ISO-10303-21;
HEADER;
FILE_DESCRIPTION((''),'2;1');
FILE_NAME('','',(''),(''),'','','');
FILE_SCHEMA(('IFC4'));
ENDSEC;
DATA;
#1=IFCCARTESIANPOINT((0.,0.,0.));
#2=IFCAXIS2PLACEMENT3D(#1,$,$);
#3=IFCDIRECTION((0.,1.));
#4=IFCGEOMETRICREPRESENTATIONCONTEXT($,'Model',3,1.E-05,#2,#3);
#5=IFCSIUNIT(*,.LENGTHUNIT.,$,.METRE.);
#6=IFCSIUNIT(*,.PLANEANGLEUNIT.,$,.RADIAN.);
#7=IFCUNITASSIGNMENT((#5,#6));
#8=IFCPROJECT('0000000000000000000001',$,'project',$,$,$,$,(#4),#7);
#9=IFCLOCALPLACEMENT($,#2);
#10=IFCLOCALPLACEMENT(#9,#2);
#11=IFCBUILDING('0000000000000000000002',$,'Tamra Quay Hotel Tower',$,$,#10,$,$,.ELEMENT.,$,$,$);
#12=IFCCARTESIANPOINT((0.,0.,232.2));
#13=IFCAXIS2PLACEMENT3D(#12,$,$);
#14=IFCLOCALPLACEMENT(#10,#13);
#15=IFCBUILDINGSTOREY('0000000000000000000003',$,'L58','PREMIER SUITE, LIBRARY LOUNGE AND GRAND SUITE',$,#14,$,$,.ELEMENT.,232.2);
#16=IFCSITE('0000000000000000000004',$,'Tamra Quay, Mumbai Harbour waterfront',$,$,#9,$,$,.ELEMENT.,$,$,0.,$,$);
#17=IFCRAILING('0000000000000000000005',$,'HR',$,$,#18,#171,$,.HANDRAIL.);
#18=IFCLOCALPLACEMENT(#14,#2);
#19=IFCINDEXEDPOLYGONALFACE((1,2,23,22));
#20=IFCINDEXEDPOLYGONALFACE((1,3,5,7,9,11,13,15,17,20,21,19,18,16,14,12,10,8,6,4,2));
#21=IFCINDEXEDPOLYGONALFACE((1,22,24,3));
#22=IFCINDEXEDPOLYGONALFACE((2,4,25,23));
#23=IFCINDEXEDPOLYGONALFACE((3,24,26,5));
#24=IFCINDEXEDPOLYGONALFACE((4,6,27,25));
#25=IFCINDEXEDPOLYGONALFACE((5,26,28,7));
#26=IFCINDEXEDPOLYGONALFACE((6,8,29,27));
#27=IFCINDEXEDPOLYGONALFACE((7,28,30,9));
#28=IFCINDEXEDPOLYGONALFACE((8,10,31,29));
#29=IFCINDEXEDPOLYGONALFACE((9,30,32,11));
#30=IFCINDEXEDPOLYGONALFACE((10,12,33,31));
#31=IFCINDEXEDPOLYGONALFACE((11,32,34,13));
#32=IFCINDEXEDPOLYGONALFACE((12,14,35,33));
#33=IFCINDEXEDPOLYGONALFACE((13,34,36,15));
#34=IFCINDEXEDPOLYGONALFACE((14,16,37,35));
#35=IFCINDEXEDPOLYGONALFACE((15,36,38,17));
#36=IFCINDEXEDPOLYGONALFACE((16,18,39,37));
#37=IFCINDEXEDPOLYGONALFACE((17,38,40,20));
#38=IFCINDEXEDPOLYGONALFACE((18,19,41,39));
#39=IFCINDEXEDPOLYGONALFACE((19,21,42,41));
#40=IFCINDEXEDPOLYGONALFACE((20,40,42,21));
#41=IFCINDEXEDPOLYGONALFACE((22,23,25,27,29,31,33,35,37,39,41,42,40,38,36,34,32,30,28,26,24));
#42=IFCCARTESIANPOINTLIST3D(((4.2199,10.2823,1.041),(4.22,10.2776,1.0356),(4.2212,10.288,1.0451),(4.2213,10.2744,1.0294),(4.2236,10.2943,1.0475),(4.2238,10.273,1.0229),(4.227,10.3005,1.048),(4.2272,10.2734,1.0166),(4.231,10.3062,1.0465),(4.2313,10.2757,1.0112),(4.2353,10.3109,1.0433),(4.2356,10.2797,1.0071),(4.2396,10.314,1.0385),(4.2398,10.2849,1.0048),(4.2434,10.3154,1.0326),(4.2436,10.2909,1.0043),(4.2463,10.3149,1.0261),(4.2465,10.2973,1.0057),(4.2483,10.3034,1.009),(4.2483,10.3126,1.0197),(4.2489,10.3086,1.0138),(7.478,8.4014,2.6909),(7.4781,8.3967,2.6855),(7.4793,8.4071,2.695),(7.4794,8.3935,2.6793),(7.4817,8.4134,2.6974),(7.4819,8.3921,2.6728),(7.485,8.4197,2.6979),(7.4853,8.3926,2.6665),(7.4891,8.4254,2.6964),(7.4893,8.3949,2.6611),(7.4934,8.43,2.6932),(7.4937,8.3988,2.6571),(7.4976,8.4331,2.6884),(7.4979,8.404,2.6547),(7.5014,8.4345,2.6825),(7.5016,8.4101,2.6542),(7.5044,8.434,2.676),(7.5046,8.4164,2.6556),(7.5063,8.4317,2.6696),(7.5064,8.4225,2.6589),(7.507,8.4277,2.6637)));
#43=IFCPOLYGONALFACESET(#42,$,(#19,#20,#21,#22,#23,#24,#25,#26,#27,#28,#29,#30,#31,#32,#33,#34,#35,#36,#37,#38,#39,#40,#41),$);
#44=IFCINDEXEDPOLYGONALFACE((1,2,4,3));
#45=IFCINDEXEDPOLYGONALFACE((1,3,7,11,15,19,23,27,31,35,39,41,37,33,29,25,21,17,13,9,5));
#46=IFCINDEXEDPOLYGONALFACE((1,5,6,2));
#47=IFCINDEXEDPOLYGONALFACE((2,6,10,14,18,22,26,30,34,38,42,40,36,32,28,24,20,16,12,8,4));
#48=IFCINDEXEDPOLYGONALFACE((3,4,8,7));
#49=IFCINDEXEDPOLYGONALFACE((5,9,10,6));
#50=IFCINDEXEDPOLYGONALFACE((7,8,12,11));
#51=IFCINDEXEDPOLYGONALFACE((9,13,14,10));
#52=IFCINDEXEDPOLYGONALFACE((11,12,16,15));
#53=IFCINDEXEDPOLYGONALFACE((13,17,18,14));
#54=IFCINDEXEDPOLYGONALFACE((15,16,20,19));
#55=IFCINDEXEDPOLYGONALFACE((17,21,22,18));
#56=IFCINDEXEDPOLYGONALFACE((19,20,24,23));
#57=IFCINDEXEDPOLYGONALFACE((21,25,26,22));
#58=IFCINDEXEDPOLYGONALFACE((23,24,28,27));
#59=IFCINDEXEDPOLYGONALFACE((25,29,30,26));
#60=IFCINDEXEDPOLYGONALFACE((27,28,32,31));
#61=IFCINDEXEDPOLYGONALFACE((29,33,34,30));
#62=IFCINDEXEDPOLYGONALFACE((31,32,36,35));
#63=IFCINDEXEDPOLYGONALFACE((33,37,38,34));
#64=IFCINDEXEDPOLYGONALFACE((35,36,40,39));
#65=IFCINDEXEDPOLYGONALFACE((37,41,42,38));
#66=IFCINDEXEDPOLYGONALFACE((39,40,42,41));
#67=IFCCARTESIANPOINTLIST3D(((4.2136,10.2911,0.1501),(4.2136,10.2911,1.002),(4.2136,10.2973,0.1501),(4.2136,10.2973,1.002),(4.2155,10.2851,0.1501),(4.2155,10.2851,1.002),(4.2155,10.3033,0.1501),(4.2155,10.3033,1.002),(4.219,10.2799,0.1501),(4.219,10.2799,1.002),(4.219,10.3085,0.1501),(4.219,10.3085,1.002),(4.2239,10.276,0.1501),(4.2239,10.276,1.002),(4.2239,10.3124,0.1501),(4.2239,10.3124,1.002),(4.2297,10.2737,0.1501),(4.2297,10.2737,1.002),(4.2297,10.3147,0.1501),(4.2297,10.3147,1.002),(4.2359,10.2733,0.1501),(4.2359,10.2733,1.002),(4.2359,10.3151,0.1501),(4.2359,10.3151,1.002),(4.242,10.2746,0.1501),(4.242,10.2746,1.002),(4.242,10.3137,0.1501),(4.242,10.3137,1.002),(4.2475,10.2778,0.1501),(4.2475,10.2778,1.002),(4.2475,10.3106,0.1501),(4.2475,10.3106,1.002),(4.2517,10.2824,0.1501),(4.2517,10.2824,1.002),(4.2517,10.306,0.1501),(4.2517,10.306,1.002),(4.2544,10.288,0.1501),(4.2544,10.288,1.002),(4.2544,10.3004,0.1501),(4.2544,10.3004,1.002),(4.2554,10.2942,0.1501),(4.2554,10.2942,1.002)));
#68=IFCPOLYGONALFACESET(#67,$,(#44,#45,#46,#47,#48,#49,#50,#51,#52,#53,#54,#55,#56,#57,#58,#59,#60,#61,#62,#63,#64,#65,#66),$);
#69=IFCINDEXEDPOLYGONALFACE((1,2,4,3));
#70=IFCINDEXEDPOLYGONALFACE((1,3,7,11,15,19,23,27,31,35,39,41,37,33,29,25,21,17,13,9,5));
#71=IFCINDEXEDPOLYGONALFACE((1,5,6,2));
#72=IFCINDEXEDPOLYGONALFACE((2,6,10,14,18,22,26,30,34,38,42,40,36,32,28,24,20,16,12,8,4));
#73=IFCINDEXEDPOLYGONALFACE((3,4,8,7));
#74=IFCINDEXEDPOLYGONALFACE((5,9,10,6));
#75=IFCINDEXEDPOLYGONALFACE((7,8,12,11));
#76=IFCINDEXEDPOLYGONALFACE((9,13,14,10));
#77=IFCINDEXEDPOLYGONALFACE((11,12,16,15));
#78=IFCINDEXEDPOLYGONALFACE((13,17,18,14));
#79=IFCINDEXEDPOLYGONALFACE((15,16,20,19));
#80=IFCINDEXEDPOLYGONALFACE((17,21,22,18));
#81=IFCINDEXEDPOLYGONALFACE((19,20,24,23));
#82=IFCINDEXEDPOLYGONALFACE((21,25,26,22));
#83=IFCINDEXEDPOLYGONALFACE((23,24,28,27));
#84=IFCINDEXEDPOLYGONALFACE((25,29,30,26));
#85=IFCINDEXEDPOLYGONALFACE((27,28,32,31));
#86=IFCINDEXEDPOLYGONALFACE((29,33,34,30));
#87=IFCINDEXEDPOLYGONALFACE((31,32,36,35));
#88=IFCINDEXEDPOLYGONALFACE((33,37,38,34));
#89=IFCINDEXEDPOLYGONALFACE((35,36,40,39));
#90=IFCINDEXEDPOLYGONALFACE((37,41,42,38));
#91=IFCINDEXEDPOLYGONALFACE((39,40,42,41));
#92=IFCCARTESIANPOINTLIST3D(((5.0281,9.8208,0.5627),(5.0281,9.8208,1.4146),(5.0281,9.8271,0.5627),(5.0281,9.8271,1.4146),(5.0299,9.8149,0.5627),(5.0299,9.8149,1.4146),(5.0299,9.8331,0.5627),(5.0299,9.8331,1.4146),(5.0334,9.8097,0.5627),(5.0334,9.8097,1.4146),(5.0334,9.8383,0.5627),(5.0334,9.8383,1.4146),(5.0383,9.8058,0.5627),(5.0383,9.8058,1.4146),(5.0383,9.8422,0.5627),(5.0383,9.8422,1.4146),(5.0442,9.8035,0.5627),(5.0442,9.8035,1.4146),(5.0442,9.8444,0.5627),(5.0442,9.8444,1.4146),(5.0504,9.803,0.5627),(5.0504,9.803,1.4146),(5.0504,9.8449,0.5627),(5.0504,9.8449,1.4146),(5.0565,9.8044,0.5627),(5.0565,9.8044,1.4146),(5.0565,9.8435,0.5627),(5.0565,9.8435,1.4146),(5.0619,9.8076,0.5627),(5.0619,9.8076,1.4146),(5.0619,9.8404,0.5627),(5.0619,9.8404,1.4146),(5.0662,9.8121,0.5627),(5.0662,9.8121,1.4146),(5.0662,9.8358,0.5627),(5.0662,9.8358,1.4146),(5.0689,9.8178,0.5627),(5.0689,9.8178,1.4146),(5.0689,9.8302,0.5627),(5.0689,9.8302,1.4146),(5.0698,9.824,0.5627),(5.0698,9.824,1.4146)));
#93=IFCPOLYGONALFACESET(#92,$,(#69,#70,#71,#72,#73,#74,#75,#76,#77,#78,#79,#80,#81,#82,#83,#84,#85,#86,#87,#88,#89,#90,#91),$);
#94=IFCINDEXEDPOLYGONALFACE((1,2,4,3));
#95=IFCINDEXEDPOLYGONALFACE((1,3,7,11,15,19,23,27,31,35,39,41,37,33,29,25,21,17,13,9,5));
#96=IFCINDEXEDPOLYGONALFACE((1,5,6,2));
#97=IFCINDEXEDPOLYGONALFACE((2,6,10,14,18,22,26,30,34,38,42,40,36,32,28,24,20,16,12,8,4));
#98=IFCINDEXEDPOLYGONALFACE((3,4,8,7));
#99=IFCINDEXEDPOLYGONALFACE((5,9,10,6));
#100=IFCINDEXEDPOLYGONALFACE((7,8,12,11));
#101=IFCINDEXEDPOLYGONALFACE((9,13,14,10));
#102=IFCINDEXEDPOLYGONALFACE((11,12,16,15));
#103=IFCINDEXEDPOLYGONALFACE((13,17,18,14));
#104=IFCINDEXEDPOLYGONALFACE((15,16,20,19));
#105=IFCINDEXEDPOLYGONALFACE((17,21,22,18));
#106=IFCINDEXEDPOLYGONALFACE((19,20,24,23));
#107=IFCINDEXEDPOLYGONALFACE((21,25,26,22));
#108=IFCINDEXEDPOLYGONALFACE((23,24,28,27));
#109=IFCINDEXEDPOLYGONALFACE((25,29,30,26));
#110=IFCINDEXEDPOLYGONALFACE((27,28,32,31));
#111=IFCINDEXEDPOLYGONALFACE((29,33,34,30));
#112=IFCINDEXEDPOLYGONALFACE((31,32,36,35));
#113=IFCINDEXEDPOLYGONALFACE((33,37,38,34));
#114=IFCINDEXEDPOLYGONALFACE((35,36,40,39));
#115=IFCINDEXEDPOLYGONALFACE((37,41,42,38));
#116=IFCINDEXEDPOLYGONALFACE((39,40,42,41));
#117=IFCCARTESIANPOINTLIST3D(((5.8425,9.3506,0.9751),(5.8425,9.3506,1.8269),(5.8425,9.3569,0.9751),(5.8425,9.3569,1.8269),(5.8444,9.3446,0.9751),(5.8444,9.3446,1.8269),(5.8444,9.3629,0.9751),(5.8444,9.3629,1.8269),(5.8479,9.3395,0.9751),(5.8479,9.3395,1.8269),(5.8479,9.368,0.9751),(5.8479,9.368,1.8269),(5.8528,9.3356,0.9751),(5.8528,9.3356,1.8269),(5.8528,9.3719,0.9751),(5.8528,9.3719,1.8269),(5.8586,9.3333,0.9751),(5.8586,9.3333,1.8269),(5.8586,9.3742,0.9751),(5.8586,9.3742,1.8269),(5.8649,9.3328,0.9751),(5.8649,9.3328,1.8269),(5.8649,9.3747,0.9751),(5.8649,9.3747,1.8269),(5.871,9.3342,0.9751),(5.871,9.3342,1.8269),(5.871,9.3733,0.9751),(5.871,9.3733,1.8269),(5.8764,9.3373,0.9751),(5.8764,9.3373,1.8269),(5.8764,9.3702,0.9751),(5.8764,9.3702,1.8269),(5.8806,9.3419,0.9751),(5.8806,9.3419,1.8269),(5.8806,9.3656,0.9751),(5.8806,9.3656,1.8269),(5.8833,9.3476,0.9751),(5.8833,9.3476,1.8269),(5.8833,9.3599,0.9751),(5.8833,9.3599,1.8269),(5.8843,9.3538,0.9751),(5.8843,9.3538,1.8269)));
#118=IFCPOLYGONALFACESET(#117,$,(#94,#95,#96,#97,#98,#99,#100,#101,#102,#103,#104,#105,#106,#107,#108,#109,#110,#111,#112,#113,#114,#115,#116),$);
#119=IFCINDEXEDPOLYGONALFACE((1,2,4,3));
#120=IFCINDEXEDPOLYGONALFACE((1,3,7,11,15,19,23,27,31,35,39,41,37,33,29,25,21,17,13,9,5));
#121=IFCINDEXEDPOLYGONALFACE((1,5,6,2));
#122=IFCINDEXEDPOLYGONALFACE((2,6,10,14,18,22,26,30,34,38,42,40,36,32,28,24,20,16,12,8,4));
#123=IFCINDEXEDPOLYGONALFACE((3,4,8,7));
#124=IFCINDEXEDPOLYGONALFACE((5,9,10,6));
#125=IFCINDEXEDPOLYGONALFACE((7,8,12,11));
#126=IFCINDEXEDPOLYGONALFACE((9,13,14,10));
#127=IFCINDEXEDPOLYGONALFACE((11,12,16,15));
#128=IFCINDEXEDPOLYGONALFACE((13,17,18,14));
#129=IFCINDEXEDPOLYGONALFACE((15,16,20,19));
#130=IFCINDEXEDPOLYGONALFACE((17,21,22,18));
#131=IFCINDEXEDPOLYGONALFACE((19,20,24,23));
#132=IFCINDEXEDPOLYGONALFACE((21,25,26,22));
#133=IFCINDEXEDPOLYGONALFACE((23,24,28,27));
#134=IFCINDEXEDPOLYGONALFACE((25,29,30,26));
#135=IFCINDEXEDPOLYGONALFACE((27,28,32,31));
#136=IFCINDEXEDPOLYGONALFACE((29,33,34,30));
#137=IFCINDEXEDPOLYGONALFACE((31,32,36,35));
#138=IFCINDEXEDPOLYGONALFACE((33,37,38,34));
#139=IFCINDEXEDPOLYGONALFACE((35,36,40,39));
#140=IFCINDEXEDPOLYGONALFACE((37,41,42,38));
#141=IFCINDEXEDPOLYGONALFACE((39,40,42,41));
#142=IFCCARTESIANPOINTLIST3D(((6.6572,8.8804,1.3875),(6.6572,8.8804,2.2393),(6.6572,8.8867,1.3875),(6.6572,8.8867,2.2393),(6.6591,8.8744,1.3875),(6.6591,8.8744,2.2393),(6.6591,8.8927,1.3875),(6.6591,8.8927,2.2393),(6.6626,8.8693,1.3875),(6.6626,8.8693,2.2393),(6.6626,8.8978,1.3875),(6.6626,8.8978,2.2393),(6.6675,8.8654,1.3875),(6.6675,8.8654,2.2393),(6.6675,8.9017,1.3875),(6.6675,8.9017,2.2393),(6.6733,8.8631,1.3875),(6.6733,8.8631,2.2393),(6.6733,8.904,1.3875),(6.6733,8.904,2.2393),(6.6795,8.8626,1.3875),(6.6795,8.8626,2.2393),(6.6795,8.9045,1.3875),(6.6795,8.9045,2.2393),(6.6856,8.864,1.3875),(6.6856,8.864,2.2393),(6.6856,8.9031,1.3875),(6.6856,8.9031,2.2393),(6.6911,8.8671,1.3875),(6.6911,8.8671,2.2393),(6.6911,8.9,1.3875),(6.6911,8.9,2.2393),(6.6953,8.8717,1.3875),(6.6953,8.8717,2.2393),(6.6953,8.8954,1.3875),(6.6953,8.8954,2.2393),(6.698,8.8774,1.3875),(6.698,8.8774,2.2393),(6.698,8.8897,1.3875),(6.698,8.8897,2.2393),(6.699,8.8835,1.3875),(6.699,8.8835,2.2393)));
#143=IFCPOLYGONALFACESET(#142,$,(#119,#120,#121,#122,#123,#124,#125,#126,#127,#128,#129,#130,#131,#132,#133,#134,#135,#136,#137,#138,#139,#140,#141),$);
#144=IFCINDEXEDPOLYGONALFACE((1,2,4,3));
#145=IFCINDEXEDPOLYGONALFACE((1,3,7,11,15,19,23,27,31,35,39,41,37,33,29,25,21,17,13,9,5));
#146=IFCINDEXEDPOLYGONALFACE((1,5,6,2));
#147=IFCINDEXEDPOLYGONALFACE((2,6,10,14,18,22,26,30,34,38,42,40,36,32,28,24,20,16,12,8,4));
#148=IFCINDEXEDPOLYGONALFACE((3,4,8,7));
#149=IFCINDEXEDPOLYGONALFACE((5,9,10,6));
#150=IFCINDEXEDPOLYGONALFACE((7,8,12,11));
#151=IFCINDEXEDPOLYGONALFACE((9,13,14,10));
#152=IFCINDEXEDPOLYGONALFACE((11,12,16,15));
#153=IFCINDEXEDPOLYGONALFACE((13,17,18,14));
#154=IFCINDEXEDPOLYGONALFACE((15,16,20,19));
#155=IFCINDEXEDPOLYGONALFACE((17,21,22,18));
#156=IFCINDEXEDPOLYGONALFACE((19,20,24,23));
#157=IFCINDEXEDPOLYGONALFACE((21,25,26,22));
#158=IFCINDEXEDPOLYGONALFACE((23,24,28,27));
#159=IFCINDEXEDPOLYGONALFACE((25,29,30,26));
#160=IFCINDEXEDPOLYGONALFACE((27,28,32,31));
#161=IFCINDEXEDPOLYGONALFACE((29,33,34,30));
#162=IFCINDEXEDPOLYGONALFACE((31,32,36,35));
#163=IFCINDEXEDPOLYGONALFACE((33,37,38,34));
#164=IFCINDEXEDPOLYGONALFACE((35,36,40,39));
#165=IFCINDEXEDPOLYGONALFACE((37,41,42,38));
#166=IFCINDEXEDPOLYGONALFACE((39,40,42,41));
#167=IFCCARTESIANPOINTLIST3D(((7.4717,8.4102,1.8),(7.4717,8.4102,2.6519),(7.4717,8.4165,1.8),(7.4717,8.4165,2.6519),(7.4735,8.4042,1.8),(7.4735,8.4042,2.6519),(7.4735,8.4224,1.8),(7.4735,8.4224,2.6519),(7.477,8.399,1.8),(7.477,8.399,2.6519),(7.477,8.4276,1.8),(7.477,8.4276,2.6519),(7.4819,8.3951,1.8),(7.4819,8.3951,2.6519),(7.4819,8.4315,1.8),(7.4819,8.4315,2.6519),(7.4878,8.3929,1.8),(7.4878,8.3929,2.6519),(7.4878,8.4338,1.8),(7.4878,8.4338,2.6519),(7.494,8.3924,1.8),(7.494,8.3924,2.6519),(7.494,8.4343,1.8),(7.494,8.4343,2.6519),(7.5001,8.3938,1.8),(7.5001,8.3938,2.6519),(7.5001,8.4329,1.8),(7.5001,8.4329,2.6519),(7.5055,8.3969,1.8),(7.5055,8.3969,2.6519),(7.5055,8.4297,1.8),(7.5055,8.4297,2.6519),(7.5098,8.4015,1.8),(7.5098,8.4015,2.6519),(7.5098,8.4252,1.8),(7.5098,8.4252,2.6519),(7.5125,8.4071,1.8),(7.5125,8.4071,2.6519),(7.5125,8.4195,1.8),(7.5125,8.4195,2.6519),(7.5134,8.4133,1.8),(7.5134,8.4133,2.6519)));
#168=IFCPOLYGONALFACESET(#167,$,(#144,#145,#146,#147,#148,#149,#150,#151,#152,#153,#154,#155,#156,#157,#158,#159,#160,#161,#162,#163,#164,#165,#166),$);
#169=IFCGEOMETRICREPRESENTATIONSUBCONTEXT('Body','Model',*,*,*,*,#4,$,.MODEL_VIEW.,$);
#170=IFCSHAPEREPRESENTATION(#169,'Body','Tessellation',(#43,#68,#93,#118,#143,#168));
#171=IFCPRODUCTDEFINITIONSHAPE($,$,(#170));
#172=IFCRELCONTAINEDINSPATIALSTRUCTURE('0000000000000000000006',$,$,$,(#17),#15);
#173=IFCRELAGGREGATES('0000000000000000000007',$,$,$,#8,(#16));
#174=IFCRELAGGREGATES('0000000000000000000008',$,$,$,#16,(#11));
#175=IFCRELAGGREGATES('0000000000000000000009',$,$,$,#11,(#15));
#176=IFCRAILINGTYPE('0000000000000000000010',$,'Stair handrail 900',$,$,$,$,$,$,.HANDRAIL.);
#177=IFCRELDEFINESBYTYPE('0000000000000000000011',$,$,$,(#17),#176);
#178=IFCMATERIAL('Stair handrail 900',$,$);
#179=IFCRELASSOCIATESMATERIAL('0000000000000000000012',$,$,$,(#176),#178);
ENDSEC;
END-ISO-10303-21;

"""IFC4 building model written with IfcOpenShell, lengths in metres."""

from ifc_helpers import new_model, si_unit, direction, frame, origin, origin_2d, place, context, subcontext, project, spatial, circle, extrude, material, type_object, element, save


model = new_model("IFC4")

# Units and contexts
model_context = context("Model", 3, precision=1e-05, world=origin(), true_north=direction((0.0, 1.0)))
body_context = subcontext(model_context, "Body", "Model", "MODEL_VIEW")
ifc_project = project(units=[si_unit("LENGTHUNIT", "METRE"), si_unit("PLANEANGLEUNIT", "RADIAN")], contexts=[model_context])

# Site, building, storey
site_placement = place(None, origin())
site = spatial("IfcSite", under=ifc_project, at=site_placement, Name="Tamra Quay, Mumbai Harbour waterfront", CompositionType="ELEMENT", RefElevation=0.0)
building_placement = place(site_placement, origin())
building = spatial("IfcBuilding", under=site, at=building_placement, Name="Tamra Quay Hotel Tower", CompositionType="ELEMENT")
storey_placement = place(building_placement, frame((0.0, 0.0, 232.2)))
storey = spatial("IfcBuildingStorey", under=building, at=storey_placement, Name="L58", Description="PREMIER SUITE, LIBRARY LOUNGE AND GRAND SUITE", CompositionType="ELEMENT", Elevation=232.2)

# Railing
ifc_material_1 = material(Name="Stair handrail 900")
railing_type_1 = type_object("IfcRailingType", Name="Stair handrail 900", PredefinedType="HANDRAIL", material=ifc_material_1)
railing_1_placement = place(storey_placement, frame((4.2344, 10.2942, 0.1501)))
element("IfcRailing", 1, at=railing_1_placement, inside=storey, type_object=railing_type_1, Name="HR", PredefinedType="HANDRAIL", context=body_context, shape_type="SweptSolid", body=[
    extrude(circle(Radius=0.0239, at=origin_2d()), frame((0.0, 0.0, 0.876), z_axis=(0.793122, -0.457865, 0.401642), x_axis=(0.499964, 0.866046, 0.0)), (0.0, 0.0, 1.0), 4.1079),
    extrude(circle(Radius=0.021, at=origin_2d()), origin(), (0.0, 0.0, 1.0), 0.8518),
    extrude(circle(Radius=0.021, at=origin_2d()), frame((0.8145, -0.4702, 0.4126)), (0.0, 0.0, 1.0), 0.8518),
    extrude(circle(Radius=0.021, at=origin_2d()), frame((1.6289, -0.9404, 0.825)), (0.0, 0.0, 1.0), 0.8518),
    extrude(circle(Radius=0.021, at=origin_2d()), frame((2.4436, -1.4106, 1.2373)), (0.0, 0.0, 1.0), 0.8518),
    extrude(circle(Radius=0.021, at=origin_2d()), frame((3.2581, -1.8809, 1.6499)), (0.0, 0.0, 1.0), 0.8518),
])

save(model, "model.ifc")
